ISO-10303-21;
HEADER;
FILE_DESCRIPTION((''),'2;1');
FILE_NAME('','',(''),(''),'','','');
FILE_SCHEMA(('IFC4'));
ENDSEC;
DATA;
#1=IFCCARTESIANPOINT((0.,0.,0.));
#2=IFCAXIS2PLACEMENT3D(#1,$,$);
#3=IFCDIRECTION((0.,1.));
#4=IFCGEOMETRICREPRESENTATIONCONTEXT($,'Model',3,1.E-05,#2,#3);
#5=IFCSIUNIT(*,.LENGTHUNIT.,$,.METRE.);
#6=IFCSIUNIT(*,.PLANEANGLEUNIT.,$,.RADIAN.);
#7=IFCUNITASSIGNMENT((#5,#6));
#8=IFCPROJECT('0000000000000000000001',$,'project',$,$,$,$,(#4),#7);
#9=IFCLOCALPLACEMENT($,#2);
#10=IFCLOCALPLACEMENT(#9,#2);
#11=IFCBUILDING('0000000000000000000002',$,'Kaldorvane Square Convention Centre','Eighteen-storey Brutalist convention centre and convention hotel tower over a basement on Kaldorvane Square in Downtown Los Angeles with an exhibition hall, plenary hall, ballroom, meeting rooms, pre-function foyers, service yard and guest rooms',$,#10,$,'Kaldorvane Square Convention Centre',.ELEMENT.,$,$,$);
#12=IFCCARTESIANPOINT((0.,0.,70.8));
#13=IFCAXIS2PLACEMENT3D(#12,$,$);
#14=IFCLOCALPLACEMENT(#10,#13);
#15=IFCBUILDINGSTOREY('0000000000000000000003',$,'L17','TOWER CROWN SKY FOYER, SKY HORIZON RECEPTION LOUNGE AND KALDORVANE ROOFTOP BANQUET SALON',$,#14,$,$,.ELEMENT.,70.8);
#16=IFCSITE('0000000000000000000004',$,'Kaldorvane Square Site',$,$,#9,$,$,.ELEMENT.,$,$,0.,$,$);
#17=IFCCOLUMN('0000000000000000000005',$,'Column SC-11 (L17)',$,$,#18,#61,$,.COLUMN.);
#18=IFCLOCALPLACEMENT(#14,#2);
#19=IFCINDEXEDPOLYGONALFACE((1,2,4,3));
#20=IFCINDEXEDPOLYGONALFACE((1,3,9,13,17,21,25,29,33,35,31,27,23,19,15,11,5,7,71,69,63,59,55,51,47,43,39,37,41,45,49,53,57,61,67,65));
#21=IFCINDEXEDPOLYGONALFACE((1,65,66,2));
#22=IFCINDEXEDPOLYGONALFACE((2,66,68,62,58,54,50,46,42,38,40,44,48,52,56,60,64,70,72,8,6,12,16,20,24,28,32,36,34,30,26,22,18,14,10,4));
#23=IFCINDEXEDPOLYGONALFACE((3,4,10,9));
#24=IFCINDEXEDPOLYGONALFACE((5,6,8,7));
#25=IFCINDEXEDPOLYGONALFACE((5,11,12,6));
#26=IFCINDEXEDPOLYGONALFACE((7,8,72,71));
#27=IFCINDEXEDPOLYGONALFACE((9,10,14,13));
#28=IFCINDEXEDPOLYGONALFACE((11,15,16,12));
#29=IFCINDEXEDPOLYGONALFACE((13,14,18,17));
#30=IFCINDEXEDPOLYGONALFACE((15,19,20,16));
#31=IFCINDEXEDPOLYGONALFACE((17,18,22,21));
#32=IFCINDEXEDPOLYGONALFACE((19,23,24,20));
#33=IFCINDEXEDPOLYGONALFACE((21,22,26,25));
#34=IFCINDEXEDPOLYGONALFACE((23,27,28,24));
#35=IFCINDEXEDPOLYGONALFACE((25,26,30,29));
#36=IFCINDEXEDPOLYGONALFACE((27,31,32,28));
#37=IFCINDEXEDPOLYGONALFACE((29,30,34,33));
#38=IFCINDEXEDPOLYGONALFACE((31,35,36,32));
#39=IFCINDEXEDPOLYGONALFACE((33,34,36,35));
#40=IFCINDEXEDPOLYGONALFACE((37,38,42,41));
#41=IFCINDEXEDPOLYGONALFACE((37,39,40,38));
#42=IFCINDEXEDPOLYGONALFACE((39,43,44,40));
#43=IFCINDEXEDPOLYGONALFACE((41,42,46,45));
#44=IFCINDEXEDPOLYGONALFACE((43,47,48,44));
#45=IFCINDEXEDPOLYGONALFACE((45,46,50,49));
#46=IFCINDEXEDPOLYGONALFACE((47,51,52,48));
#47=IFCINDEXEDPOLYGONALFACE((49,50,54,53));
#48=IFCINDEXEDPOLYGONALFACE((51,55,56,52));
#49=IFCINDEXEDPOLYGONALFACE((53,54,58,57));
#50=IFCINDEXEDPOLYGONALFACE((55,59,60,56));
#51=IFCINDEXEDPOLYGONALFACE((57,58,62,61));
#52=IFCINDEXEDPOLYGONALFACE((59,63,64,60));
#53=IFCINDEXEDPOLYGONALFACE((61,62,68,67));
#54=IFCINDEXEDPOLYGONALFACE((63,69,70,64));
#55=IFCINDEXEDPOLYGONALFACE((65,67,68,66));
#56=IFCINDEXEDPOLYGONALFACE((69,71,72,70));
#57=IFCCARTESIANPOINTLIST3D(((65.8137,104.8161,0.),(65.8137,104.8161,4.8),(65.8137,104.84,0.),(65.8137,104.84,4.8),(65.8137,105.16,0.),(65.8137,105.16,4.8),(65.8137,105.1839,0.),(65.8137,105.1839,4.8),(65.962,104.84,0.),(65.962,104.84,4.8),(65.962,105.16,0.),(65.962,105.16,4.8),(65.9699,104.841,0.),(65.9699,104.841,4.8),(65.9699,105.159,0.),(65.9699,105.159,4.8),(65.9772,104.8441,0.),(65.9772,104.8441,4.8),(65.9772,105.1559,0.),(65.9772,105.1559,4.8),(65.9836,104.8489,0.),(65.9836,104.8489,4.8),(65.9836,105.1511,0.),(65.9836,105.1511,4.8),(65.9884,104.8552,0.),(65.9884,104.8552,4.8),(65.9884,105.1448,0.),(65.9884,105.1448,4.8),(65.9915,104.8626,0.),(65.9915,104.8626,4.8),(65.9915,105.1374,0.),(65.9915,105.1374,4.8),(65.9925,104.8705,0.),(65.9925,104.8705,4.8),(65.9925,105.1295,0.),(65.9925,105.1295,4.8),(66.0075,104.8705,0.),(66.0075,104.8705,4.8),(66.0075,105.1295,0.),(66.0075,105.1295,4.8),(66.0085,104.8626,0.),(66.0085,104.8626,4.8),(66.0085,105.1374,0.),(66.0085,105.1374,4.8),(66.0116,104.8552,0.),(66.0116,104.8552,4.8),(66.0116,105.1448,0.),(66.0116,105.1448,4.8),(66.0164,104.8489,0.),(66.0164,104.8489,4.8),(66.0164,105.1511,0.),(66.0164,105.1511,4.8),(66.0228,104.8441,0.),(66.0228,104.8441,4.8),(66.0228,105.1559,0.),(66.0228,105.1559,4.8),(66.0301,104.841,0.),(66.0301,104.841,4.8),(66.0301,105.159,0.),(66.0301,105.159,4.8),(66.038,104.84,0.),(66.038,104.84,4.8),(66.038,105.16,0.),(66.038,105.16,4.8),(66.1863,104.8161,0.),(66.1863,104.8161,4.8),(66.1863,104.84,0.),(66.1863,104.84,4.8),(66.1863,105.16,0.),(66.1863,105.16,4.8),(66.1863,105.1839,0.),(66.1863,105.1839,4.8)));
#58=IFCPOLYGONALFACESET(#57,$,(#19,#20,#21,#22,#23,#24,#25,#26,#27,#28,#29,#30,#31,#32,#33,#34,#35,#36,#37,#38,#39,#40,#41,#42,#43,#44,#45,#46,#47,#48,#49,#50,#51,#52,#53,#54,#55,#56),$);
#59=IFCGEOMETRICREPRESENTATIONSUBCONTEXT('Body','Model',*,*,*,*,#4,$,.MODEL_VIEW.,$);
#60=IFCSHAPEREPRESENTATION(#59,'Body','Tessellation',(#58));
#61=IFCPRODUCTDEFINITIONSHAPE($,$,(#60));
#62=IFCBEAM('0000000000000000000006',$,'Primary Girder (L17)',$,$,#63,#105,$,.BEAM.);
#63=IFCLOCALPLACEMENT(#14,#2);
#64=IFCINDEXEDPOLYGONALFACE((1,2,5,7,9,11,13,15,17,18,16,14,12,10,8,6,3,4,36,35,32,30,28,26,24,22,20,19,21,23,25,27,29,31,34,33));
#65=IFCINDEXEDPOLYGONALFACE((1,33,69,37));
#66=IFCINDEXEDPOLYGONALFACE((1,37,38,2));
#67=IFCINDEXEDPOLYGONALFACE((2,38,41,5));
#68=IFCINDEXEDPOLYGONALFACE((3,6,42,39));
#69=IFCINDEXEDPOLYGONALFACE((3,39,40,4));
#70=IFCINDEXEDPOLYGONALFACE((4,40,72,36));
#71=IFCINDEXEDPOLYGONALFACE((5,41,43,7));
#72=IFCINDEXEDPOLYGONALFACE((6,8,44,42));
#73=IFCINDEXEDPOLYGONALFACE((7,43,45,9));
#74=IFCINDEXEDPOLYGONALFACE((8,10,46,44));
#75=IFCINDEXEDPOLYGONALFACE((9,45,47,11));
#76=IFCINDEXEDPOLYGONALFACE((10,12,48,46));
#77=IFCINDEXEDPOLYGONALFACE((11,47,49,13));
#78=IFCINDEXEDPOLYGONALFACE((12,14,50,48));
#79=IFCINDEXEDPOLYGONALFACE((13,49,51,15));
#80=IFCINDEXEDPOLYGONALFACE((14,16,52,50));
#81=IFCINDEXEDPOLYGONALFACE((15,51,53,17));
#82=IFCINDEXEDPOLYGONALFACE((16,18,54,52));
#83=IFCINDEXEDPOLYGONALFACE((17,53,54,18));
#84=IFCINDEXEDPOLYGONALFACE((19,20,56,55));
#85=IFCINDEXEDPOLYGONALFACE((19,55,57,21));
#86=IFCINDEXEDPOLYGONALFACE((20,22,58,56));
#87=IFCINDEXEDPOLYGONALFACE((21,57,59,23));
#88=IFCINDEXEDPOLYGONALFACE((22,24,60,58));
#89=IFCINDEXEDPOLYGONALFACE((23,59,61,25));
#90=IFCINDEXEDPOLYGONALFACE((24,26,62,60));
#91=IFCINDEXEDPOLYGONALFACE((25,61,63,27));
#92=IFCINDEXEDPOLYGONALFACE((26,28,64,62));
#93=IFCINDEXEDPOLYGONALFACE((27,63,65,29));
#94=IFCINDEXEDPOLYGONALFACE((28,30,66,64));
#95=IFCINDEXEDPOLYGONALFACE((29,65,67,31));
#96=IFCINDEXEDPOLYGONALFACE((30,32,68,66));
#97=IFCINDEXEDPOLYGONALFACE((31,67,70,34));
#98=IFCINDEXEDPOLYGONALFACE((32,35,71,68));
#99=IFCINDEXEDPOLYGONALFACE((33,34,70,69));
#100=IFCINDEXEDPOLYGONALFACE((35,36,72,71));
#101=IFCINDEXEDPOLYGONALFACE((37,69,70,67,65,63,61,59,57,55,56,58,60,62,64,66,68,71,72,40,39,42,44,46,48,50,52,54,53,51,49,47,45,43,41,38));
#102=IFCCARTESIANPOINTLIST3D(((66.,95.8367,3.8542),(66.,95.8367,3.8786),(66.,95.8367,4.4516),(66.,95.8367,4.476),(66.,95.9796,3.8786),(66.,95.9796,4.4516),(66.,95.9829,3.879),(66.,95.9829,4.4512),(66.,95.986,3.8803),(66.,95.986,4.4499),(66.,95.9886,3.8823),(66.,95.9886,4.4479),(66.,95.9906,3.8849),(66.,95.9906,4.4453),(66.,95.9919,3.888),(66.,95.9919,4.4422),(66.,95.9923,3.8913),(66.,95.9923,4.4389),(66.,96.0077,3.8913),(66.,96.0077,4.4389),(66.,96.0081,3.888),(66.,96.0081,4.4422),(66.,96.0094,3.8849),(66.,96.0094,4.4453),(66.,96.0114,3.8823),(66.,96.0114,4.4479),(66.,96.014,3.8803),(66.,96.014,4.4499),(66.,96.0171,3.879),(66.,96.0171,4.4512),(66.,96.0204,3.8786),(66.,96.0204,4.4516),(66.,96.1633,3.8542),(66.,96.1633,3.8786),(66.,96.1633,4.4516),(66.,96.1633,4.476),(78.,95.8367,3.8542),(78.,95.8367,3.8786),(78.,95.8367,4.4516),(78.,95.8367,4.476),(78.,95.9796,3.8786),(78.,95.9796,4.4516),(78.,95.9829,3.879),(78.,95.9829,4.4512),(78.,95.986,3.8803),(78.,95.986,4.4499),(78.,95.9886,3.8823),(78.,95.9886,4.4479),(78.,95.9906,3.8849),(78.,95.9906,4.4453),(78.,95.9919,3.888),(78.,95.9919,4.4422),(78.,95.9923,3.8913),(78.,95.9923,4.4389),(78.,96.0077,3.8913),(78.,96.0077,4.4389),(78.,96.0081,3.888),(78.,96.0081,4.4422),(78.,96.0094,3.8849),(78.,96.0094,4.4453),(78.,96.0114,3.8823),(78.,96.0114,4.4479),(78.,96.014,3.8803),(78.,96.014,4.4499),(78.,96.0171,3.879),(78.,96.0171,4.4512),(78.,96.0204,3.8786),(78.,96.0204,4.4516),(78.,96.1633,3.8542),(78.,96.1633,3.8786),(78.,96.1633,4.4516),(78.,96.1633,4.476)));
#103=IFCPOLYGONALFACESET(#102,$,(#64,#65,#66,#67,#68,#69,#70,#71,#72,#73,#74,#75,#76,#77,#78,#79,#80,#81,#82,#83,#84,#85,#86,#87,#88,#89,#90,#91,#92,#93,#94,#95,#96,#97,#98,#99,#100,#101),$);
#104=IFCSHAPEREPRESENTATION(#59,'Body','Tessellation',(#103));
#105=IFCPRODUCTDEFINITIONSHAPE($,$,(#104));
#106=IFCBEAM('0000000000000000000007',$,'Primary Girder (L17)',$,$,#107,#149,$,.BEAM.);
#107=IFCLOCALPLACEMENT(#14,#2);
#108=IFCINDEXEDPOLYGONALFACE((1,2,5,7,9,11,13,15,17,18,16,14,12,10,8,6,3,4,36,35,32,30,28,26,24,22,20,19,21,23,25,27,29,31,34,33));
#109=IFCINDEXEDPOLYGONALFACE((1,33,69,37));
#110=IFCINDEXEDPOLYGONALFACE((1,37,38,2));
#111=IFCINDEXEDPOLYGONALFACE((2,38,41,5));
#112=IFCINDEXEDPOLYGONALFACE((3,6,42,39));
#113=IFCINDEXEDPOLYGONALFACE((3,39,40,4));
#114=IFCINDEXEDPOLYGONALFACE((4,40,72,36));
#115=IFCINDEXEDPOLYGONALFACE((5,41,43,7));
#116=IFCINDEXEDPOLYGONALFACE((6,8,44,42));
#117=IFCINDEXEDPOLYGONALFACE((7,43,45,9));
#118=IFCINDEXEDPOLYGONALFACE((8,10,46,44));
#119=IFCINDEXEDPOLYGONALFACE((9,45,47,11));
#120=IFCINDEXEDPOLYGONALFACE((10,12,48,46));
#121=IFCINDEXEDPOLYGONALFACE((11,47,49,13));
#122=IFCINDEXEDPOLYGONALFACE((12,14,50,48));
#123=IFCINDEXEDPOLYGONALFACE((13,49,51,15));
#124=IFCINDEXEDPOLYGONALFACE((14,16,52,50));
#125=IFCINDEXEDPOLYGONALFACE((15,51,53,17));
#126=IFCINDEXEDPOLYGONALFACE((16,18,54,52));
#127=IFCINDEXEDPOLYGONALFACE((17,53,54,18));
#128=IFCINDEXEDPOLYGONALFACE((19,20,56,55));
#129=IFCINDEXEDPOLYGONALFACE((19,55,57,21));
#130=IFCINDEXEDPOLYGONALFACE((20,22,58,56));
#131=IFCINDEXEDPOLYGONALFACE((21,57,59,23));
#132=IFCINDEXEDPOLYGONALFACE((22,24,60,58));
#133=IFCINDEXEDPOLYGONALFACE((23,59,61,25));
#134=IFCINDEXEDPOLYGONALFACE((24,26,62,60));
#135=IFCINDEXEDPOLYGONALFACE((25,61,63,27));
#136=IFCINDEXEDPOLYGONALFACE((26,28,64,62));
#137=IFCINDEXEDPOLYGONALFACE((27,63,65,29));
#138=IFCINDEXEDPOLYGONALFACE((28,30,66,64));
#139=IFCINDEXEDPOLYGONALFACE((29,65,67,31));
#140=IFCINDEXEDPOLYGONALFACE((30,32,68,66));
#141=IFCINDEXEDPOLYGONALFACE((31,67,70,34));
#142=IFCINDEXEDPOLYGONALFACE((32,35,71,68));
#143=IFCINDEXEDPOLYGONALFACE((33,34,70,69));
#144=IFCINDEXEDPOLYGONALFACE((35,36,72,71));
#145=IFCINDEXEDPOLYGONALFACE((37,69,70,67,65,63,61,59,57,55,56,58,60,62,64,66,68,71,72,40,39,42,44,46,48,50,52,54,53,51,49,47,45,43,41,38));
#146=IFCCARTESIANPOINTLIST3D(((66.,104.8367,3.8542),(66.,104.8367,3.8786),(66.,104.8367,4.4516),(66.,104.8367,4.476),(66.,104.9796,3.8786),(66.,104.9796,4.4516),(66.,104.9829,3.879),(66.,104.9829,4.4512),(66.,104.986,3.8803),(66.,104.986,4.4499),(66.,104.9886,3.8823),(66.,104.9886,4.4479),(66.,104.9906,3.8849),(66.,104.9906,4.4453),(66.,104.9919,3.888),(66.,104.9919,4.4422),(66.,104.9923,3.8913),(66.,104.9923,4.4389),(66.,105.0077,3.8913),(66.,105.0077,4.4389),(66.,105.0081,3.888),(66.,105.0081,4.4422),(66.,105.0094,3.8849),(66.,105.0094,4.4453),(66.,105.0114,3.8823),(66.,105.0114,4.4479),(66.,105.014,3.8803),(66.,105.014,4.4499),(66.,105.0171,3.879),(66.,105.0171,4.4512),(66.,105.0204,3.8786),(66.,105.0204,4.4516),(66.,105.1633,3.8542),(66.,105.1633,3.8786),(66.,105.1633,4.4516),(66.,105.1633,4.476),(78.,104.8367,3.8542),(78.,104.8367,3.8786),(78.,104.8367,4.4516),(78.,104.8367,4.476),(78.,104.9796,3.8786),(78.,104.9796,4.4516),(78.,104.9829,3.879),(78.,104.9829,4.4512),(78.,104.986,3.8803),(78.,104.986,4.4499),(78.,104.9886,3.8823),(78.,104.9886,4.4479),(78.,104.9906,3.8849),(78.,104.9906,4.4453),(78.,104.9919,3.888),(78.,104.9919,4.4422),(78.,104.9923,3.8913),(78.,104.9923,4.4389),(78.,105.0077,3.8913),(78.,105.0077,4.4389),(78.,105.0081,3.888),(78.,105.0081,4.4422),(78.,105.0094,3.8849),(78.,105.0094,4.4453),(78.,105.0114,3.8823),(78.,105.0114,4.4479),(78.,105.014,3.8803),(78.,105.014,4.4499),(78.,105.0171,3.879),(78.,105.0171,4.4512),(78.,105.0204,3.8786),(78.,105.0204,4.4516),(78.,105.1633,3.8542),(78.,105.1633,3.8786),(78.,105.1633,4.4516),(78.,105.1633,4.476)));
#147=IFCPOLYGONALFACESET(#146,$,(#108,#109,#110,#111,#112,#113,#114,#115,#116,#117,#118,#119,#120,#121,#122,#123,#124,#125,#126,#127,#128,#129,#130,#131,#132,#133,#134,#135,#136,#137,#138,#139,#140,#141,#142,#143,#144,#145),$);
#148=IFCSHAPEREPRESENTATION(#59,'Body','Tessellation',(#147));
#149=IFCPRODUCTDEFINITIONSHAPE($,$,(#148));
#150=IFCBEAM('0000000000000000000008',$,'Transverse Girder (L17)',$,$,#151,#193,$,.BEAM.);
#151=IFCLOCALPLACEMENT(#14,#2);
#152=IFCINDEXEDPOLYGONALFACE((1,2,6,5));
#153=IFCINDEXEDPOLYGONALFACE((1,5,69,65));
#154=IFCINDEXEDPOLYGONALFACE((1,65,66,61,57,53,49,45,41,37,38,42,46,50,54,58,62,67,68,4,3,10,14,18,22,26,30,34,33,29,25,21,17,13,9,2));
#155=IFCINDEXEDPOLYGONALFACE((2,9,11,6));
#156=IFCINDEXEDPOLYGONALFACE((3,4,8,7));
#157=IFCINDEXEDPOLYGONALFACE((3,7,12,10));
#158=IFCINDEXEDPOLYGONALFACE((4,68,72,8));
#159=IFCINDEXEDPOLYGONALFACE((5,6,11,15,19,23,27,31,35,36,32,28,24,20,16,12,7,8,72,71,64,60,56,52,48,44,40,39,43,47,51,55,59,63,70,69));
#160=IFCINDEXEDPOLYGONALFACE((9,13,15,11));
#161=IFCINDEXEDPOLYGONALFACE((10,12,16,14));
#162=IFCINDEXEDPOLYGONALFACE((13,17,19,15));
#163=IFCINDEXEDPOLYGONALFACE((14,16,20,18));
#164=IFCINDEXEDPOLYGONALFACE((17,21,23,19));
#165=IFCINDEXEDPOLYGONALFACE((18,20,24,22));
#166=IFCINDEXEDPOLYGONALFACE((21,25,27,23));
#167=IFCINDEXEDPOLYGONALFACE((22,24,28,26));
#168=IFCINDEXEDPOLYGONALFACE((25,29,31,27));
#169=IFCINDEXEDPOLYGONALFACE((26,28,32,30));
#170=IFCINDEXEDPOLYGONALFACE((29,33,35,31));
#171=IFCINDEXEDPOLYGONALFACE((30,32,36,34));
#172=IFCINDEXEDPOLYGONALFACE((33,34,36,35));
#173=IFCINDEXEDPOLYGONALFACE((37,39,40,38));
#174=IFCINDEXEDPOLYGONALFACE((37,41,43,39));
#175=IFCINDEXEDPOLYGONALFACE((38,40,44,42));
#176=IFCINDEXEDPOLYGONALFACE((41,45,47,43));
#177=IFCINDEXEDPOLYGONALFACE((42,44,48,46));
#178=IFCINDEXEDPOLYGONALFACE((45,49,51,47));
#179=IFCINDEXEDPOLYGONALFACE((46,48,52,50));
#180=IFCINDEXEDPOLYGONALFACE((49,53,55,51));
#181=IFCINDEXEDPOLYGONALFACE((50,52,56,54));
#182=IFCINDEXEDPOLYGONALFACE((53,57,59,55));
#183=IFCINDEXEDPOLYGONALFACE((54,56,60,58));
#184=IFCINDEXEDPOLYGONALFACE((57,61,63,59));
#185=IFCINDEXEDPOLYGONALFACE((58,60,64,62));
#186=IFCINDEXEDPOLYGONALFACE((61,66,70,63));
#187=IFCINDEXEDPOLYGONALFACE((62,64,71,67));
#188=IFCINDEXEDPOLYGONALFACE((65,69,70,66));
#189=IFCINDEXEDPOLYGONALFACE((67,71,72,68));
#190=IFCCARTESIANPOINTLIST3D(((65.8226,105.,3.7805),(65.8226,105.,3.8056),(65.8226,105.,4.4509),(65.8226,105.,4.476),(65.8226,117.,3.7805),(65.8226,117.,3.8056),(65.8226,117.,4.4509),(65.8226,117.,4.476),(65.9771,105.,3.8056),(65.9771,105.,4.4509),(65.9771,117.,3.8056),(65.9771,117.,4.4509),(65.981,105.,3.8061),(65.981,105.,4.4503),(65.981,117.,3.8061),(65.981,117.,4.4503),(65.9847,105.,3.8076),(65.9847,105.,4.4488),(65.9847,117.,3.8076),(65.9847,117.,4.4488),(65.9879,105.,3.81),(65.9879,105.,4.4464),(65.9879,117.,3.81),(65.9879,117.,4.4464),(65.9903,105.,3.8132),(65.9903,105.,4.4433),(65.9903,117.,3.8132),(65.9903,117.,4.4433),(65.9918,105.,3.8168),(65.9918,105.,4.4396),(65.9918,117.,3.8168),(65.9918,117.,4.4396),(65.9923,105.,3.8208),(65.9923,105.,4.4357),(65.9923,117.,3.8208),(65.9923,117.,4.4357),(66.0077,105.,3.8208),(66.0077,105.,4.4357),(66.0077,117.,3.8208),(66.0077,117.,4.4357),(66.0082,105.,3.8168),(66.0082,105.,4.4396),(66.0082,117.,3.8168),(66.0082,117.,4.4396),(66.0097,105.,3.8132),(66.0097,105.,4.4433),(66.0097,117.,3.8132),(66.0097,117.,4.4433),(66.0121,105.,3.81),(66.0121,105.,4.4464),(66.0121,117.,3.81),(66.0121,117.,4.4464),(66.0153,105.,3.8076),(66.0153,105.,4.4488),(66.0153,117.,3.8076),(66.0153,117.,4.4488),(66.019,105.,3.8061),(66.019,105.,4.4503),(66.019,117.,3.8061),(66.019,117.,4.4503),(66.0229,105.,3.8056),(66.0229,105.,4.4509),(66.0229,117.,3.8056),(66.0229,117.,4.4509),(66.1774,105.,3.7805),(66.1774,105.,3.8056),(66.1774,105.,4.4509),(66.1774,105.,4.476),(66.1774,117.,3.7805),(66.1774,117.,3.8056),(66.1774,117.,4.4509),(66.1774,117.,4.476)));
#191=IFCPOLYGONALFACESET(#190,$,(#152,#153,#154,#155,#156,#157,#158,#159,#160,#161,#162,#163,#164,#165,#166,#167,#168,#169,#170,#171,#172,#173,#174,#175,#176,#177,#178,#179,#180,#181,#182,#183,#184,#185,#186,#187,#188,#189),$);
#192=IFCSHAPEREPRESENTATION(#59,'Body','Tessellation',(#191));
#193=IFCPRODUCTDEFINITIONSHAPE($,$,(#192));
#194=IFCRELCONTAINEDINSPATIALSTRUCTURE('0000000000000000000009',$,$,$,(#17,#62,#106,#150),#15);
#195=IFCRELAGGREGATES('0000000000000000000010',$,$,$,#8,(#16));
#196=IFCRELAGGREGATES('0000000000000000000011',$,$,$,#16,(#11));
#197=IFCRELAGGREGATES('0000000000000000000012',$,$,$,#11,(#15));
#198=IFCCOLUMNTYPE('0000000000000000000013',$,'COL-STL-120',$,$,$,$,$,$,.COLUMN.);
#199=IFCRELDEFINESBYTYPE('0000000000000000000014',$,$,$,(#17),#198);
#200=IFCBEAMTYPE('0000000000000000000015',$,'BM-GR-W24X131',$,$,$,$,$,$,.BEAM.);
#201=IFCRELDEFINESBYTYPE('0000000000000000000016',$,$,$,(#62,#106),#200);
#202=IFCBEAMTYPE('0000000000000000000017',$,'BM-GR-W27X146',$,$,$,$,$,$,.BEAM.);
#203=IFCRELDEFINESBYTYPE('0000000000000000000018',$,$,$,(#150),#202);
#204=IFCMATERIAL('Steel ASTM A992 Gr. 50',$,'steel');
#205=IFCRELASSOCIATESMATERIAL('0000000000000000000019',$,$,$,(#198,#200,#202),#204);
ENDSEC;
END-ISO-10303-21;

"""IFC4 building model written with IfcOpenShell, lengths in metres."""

from ifc_helpers import new_model, si_unit, direction, frame, origin, origin_2d, place, context, subcontext, project, spatial, i_section, extrude, material, material_profile, profile_set, type_object, element, save


model = new_model("IFC4")

# Units and contexts
model_context = context("Model", 3, precision=1e-05, world=origin(), true_north=direction((0.0, 1.0)))
body_context = subcontext(model_context, "Body", "Model", "MODEL_VIEW")
ifc_project = project(units=[si_unit("LENGTHUNIT", "METRE"), si_unit("PLANEANGLEUNIT", "RADIAN")], contexts=[model_context])

# Site, building, storey
site_placement = place(None, origin())
site = spatial("IfcSite", under=ifc_project, at=site_placement, Name="Kaldorvane Square Site", CompositionType="ELEMENT", RefElevation=0.0)
building_placement = place(site_placement, origin())
building = spatial("IfcBuilding", under=site, at=building_placement, Name="Kaldorvane Square Convention Centre", Description="Eighteen-storey Brutalist convention centre and convention hotel tower over a basement on Kaldorvane Square in Downtown Los Angeles with an exhibition hall, plenary hall, ballroom, meeting rooms, pre-function foyers, service yard and guest rooms", LongName="Kaldorvane Square Convention Centre", CompositionType="ELEMENT")
storey_placement = place(building_placement, frame((0.0, 0.0, 70.8)))
storey = spatial("IfcBuildingStorey", under=building, at=storey_placement, Name="L17", Description="TOWER CROWN SKY FOYER, SKY HORIZON RECEPTION LOUNGE AND KALDORVANE ROOFTOP BANQUET SALON", CompositionType="ELEMENT", Elevation=70.8)

# Column
ifc_material_1 = material(Name="Steel ASTM A992 Gr. 50", Category="steel")
ifc_material_profile_1 = material_profile(ifc_material_1, i_section(OverallWidth=0.3726, OverallDepth=0.3678, WebThickness=0.015, FlangeThickness=0.0239, FilletRadius=0.0305, at=origin_2d()), Name="W14X120")
ifc_profile_set_1 = profile_set([ifc_material_profile_1], Name="Steel ASTM A992 Gr. 50")
column_type = type_object("IfcColumnType", Name="COL-STL-120", PredefinedType="COLUMN", material=ifc_profile_set_1)
column_placement = place(storey_placement, frame((66.0, 105.0, 0.0), z_axis=(0.0, 0.0, 1.0), x_axis=(1.0, 0.0, 0.0)))
element("IfcColumn", 1, at=column_placement, inside=storey, type_object=column_type, Name="Column SC-11 (L17)", PredefinedType="COLUMN", context=body_context, shape_type="SweptSolid", body=[
    extrude(i_section(OverallWidth=0.3726, OverallDepth=0.3678, WebThickness=0.015, FlangeThickness=0.0239, FilletRadius=0.0305, at=origin_2d()), origin(), (0.0, 0.0, 1.0), 4.8),
])

# Beams
ifc_material_profile_2 = material_profile(ifc_material_1, i_section(OverallWidth=0.3265, OverallDepth=0.6218, WebThickness=0.0154, FlangeThickness=0.0244, FilletRadius=0.0127, at=origin_2d()), Name="W24X131")
ifc_profile_set_2 = profile_set([ifc_material_profile_2], Name="Steel ASTM A992 Gr. 50")
beam_type_1 = type_object("IfcBeamType", Name="BM-GR-W24X131", PredefinedType="BEAM", material=ifc_profile_set_2)
for number, where, z_axis, x_axis, name in (
    (2, (66.0, 96.0, 4.1651), (1.0, 0.0, 0.0), (0.0, 1.0, 0.0), "Primary Girder (L17)"),
    (3, (66.0, 105.0, 4.1651), (1.0, 0.0, 0.0), (0.0, 1.0, 0.0), "Primary Girder (L17)"),
):
    element("IfcBeam", number, at=place(storey_placement, frame(where, z_axis=z_axis, x_axis=x_axis)), inside=storey, type_object=beam_type_1, Name=name, PredefinedType="BEAM", context=body_context, shape_type="SweptSolid", body=[
        extrude(i_section(OverallWidth=0.3265, OverallDepth=0.6218, WebThickness=0.0154, FlangeThickness=0.0244, FilletRadius=0.0127, at=origin_2d()), origin(), (0.0, 0.0, 1.0), 12.0),
    ])
ifc_material_profile_3 = material_profile(ifc_material_1, i_section(OverallWidth=0.3547, OverallDepth=0.6955, WebThickness=0.0154, FlangeThickness=0.0251, FilletRadius=0.0152, at=origin_2d()), Name="W27X146")
ifc_profile_set_3 = profile_set([ifc_material_profile_3], Name="Steel ASTM A992 Gr. 50")
beam_type_2 = type_object("IfcBeamType", Name="BM-GR-W27X146", PredefinedType="BEAM", material=ifc_profile_set_3)
beam_1_placement = place(storey_placement, frame((66.0, 105.0, 4.1282), z_axis=(0.0, 1.0, 0.0), x_axis=(-1.0, 0.0, 0.0)))
element("IfcBeam", 4, at=beam_1_placement, inside=storey, type_object=beam_type_2, Name="Transverse Girder (L17)", PredefinedType="BEAM", context=body_context, shape_type="SweptSolid", body=[
    extrude(i_section(OverallWidth=0.3547, OverallDepth=0.6955, WebThickness=0.0154, FlangeThickness=0.0251, FilletRadius=0.0152, at=origin_2d()), origin(), (0.0, 0.0, 1.0), 12.0),
])

save(model, "model.ifc")
